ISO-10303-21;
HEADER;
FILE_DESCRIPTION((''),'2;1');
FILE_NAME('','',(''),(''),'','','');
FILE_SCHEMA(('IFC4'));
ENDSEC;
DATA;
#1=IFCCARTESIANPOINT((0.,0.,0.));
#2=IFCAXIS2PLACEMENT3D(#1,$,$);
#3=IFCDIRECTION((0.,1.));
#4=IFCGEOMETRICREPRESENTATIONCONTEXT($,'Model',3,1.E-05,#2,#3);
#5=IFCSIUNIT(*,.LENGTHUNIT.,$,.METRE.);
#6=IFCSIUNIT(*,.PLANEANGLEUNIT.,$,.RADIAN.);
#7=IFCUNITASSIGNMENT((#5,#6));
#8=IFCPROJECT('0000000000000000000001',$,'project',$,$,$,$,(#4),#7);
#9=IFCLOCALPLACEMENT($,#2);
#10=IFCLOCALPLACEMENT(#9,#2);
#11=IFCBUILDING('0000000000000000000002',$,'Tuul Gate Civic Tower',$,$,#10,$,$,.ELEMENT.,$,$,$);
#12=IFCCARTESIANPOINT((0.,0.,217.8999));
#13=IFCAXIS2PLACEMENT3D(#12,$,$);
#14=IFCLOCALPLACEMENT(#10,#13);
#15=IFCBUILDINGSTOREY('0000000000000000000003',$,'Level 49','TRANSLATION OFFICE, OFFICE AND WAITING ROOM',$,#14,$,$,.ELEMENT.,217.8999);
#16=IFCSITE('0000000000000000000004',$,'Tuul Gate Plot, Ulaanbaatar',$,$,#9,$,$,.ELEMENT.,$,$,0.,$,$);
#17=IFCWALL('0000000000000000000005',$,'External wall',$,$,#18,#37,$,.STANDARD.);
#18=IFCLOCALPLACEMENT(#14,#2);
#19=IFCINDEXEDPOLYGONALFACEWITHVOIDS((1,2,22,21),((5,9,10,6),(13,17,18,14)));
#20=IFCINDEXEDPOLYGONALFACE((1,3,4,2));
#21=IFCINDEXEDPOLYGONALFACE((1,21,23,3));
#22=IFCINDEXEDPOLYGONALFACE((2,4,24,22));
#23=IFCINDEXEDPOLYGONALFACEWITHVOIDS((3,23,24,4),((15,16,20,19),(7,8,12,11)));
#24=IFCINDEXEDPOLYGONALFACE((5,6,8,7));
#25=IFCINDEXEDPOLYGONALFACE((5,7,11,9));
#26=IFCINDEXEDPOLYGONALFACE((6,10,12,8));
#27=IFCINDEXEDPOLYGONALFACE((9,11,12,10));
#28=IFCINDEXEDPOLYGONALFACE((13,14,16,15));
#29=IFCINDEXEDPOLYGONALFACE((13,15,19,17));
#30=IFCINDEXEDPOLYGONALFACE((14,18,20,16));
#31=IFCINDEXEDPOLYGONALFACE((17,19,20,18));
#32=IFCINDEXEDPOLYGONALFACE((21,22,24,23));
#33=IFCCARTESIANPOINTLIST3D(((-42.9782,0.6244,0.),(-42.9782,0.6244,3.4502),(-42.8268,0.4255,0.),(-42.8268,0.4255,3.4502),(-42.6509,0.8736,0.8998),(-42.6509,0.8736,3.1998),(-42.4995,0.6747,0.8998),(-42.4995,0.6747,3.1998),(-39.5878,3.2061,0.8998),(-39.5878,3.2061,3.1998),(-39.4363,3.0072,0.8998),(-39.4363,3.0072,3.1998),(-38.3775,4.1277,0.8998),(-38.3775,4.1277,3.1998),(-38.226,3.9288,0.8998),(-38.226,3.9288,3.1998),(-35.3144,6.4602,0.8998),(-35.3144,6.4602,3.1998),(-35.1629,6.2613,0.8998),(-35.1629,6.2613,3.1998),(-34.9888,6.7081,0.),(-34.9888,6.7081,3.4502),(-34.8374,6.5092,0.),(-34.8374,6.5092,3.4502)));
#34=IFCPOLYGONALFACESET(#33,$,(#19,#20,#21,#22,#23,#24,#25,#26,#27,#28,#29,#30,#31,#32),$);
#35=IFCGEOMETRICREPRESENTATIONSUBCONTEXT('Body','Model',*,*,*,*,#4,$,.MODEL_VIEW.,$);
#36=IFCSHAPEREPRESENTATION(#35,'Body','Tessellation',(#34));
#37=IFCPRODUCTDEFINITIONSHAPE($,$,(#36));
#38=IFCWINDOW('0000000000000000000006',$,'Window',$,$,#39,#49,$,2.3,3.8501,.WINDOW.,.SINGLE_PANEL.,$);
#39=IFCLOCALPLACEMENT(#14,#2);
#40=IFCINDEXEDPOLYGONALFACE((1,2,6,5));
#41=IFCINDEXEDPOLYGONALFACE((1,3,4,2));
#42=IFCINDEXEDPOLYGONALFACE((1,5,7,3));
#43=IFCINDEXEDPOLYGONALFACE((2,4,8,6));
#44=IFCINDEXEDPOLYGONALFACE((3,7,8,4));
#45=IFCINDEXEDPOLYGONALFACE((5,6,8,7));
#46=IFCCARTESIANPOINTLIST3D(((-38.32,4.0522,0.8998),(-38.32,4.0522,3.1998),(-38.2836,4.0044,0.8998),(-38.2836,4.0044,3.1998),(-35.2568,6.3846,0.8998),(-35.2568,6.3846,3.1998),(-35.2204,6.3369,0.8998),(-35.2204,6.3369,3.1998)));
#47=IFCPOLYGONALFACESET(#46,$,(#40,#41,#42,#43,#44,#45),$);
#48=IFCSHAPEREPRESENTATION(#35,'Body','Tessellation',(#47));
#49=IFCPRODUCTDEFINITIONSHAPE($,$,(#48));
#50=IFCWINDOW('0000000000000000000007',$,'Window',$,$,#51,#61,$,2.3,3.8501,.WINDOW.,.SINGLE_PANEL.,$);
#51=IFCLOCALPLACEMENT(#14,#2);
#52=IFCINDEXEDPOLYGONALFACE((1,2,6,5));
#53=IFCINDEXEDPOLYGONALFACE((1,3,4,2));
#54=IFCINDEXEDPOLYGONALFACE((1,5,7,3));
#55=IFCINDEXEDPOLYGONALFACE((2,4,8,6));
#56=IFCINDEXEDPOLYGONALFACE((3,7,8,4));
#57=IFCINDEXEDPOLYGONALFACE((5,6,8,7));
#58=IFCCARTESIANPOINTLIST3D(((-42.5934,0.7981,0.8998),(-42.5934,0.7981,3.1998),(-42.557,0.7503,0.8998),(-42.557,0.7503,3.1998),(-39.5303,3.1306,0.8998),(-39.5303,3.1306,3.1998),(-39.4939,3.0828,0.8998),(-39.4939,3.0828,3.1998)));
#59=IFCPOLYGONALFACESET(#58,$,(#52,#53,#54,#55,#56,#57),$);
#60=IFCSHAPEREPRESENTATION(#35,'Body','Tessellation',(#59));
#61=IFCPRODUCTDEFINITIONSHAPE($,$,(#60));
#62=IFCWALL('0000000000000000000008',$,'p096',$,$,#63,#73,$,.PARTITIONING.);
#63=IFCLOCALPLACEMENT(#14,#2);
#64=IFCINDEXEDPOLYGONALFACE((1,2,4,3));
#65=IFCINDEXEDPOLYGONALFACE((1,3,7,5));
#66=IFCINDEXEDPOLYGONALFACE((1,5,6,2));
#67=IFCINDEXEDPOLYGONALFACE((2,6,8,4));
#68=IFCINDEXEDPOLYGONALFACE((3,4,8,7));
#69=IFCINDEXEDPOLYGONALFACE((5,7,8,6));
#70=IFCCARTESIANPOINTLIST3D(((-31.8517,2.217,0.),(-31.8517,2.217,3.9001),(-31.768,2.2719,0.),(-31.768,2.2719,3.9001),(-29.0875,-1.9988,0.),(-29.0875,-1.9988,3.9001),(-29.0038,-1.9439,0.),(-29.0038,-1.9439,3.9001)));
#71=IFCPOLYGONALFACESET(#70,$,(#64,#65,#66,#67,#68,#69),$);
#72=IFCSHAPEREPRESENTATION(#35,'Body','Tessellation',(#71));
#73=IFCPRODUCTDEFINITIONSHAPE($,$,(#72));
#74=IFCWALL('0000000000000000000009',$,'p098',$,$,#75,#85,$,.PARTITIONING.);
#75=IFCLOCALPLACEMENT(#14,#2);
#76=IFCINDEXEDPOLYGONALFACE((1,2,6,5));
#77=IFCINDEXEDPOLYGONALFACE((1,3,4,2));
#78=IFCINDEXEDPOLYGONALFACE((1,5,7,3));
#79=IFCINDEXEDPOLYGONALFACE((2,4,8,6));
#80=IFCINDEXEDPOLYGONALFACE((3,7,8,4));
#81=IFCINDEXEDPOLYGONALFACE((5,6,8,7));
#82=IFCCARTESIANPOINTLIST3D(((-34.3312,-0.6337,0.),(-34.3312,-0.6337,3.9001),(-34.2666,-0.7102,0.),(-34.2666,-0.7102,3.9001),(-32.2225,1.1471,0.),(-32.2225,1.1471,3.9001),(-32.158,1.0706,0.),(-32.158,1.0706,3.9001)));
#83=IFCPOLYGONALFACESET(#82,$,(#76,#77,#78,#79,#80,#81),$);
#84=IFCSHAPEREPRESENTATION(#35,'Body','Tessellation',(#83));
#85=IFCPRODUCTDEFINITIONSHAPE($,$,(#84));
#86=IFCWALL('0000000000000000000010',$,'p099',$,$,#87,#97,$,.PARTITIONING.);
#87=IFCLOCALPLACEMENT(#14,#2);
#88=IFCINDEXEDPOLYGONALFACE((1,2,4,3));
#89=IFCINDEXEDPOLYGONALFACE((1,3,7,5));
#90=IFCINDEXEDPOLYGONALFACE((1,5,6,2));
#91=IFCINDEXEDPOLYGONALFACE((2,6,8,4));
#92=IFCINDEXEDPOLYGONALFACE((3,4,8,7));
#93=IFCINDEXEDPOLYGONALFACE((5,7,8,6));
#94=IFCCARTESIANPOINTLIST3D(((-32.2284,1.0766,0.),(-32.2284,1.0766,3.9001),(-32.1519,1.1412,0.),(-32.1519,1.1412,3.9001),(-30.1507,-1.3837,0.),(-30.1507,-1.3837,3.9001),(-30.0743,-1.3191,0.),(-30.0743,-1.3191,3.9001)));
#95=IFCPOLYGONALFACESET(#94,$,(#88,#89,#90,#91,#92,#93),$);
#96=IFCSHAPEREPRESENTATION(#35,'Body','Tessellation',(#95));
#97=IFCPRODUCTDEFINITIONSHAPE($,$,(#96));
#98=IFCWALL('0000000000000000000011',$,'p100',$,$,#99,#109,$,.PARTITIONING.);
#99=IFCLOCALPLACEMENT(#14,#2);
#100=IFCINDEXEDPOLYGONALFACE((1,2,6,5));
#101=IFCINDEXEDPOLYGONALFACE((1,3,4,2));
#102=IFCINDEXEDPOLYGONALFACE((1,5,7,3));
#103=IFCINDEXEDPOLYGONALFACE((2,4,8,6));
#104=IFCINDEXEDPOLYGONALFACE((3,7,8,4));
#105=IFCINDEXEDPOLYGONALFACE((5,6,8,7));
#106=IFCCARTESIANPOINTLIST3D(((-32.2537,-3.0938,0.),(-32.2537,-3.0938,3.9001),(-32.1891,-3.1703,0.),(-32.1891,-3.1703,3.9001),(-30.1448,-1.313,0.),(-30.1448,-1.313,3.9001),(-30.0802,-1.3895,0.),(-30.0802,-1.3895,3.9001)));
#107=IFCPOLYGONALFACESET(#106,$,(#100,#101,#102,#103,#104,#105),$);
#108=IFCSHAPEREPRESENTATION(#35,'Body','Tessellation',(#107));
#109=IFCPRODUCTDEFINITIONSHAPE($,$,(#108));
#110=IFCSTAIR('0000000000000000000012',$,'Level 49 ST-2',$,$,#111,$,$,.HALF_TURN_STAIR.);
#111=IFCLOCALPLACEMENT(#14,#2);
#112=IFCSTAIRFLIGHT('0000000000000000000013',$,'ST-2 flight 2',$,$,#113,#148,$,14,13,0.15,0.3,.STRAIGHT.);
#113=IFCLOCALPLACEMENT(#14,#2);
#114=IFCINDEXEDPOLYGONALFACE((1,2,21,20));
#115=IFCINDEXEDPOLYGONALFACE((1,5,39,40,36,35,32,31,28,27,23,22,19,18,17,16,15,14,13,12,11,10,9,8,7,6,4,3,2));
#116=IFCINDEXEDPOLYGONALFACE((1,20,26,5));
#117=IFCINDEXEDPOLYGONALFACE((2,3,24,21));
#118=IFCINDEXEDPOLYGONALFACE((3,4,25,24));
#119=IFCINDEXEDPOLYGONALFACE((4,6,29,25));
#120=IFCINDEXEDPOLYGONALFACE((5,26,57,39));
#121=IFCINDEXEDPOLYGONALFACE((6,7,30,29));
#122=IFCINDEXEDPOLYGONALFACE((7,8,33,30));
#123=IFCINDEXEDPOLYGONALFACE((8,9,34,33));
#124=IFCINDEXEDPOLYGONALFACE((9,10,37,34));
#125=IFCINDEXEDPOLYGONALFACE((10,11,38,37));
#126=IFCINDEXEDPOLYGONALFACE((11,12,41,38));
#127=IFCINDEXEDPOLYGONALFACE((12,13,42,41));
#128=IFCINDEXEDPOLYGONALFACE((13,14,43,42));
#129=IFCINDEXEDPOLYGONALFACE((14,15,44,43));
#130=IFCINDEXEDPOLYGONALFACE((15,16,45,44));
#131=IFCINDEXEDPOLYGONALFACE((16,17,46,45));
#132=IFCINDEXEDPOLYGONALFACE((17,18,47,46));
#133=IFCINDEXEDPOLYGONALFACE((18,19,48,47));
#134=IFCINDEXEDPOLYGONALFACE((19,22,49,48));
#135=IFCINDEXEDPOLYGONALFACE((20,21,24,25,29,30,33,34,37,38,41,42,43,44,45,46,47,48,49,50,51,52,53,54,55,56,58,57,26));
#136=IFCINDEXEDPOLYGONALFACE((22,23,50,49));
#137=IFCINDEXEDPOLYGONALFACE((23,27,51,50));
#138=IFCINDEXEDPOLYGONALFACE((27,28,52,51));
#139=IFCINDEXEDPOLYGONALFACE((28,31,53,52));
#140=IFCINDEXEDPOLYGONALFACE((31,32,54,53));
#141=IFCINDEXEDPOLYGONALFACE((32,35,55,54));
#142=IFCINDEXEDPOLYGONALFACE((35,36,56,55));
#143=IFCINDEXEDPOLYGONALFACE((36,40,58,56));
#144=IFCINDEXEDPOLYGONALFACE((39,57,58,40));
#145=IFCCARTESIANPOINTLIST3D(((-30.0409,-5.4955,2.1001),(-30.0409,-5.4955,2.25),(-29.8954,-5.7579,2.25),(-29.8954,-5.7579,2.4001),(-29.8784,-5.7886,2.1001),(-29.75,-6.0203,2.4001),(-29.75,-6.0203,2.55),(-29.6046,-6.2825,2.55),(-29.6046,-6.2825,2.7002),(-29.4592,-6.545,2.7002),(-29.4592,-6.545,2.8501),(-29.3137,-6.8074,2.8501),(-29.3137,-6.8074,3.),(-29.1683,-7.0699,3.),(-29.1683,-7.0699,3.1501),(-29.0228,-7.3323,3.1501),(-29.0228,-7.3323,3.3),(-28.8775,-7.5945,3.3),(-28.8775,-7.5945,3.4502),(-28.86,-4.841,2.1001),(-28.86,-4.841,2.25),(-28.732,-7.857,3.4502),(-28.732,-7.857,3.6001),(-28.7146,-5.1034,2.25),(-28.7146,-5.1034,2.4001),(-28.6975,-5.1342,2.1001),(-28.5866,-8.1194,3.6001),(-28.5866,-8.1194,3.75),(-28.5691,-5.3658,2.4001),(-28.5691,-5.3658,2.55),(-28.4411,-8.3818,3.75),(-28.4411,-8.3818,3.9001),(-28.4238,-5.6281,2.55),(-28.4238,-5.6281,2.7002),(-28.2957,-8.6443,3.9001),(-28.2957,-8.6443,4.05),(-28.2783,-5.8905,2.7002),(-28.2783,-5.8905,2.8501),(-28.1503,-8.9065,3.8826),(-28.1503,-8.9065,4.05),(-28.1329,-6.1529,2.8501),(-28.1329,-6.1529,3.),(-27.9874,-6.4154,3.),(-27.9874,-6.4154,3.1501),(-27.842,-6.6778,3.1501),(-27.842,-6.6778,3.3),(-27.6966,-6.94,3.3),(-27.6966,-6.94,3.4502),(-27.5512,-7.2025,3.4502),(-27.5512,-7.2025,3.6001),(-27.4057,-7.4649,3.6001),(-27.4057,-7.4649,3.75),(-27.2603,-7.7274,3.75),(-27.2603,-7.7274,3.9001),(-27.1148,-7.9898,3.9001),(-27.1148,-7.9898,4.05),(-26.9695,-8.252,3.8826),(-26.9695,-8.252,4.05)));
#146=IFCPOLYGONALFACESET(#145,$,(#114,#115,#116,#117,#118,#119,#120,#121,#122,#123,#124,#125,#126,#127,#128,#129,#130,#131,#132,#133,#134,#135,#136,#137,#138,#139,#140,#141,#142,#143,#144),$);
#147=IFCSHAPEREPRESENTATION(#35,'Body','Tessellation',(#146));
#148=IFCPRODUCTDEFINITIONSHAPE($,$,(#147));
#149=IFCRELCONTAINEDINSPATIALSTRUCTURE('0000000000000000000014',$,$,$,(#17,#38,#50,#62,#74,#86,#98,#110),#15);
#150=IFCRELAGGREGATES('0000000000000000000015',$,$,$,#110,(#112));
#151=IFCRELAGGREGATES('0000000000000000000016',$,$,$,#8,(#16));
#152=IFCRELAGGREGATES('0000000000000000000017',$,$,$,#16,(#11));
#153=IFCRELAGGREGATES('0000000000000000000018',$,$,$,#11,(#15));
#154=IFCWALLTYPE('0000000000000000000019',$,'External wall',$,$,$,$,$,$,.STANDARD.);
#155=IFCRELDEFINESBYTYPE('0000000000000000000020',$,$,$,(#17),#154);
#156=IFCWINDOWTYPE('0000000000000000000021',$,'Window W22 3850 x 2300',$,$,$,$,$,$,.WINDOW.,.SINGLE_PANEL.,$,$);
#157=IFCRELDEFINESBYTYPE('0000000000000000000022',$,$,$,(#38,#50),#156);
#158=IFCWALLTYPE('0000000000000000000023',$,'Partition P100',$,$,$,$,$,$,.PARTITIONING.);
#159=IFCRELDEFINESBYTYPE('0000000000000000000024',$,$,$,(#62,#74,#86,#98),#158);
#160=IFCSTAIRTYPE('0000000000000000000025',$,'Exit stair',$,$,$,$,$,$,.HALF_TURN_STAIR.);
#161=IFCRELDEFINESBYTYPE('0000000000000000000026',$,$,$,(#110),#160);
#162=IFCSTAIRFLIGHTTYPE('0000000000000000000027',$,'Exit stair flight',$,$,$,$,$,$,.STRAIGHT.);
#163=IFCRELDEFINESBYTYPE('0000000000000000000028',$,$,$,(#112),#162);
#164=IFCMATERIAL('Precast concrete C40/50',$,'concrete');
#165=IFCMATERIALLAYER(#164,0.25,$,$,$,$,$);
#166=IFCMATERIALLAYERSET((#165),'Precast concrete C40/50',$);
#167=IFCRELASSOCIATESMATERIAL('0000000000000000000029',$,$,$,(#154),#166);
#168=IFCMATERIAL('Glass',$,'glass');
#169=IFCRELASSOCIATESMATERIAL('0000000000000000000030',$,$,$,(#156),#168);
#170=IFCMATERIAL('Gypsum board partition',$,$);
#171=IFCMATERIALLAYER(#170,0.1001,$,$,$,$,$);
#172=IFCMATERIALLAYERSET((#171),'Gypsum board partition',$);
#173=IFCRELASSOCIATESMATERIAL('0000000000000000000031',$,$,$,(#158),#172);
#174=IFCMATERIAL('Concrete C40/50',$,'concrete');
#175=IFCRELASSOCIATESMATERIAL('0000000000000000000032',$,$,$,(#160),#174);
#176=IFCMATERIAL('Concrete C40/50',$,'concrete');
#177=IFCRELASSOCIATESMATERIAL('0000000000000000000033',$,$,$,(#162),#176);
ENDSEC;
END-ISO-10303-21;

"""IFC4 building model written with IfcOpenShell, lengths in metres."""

from ifc_helpers import new_model, si_unit, direction, frame, frame_2d, origin, place, context, subcontext, project, spatial, polyline, rectangle, outline, extrude, material, layer, layer_set, type_object, element, fill, aggregate, save


model = new_model("IFC4")

# Units and contexts
model_context = context("Model", 3, precision=1e-05, world=origin(), true_north=direction((0.0, 1.0)))
body_context = subcontext(model_context, "Body", "Model", "MODEL_VIEW")
ifc_project = project(units=[si_unit("LENGTHUNIT", "METRE"), si_unit("PLANEANGLEUNIT", "RADIAN")], contexts=[model_context])

# Site, building, storey
site_placement = place(None, origin())
site = spatial("IfcSite", under=ifc_project, at=site_placement, Name="Tuul Gate Plot, Ulaanbaatar", CompositionType="ELEMENT", RefElevation=0.0)
building_placement = place(site_placement, origin())
building = spatial("IfcBuilding", under=site, at=building_placement, Name="Tuul Gate Civic Tower", CompositionType="ELEMENT")
storey_placement = place(building_placement, frame((0.0, 0.0, 217.8999)))
storey = spatial("IfcBuildingStorey", under=building, at=storey_placement, Name="Level 49", Description="TRANSLATION OFFICE, OFFICE AND WAITING ROOM", CompositionType="ELEMENT", Elevation=217.8999)

# Wall, openings, windows
ifc_material_1 = material(Name="Precast concrete C40/50", Category="concrete")
ifc_layer_1 = layer(ifc_material_1, 0.25)
ifc_layer_set_1 = layer_set([ifc_layer_1], Name="Precast concrete C40/50")
wall_type_1 = type_object("IfcWallType", Name="External wall", PredefinedType="STANDARD", material=ifc_layer_set_1)
wall_1_placement = place(storey_placement, frame((-34.9131, 6.6086, 0.0), z_axis=(0.0, 0.0, 1.0), x_axis=(-0.7956, -0.605823, 0.0)))
wall_1 = element("IfcWall", 1, at=wall_1_placement, inside=storey, type_object=wall_type_1, Name="External wall", PredefinedType="STANDARD", context=body_context, shape_type="SweptSolid", body=[
    extrude(rectangle(XDim=10.042, YDim=0.25, at=frame_2d((5.021, 0.0))), origin(), (0.0, 0.0, 1.0), 3.4502),
])
opening_1_placement = place(wall_1_placement, frame((0.4092, 0.0, 0.8999)))
opening_1 = element("IfcOpeningElement", 2, at=opening_1_placement, cuts=wall_1, PredefinedType="OPENING", context=body_context, shape_type="SweptSolid", body=[
    extrude(rectangle(XDim=3.8501, YDim=2.3, at=frame_2d((1.925, 1.1499))), frame((0.0, 0.135, 0.0), z_axis=(0.0, -1.0, 0.0), x_axis=(1.0, 0.0, 0.0)), (0.0, 0.0, 1.0), 0.27),
])
opening_2_placement = place(wall_1_placement, frame((5.7805, 0.0, 0.8999)))
opening_2 = element("IfcOpeningElement", 3, at=opening_2_placement, cuts=wall_1, PredefinedType="OPENING", context=body_context, shape_type="SweptSolid", body=[
    extrude(rectangle(XDim=3.8501, YDim=2.3, at=frame_2d((1.925, 1.1499))), frame((0.0, 0.135, 0.0), z_axis=(0.0, -1.0, 0.0), x_axis=(1.0, 0.0, 0.0)), (0.0, 0.0, 1.0), 0.27),
])
ifc_material_2 = material(Name="Glass", Category="glass")
window_type = type_object("IfcWindowType", Name="Window W22 3850 x 2300", PartitioningType="SINGLE_PANEL", PredefinedType="WINDOW", material=ifc_material_2)
window_1_placement = place(opening_1_placement, origin())
window_1 = element("IfcWindow", 4, at=window_1_placement, inside=storey, type_object=window_type, Name="Window", OverallHeight=2.3, OverallWidth=3.8501, PartitioningType="SINGLE_PANEL", PredefinedType="WINDOW", context=body_context, shape_type="SweptSolid", body=[
    extrude(rectangle(XDim=3.8501, YDim=2.3, at=frame_2d((1.925, 1.1499))), frame((0.0, 0.03, 0.0), z_axis=(0.0, -1.0, 0.0), x_axis=(1.0, 0.0, 0.0)), (0.0, 0.0, 1.0), 0.0601),
])
fill(opening_1, window_1)
window_2_placement = place(opening_2_placement, origin())
window_2 = element("IfcWindow", 5, at=window_2_placement, inside=storey, type_object=window_type, Name="Window", OverallHeight=2.3, OverallWidth=3.8501, PartitioningType="SINGLE_PANEL", PredefinedType="WINDOW", context=body_context, shape_type="SweptSolid", body=[
    extrude(rectangle(XDim=3.8501, YDim=2.3, at=frame_2d((1.925, 1.1499))), frame((0.0, 0.03, 0.0), z_axis=(0.0, -1.0, 0.0), x_axis=(1.0, 0.0, 0.0)), (0.0, 0.0, 1.0), 0.0601),
])
fill(opening_2, window_2)

# Walls
ifc_material_3 = material(Name="Gypsum board partition")
ifc_layer_2 = layer(ifc_material_3, 0.1001)
ifc_layer_set_2 = layer_set([ifc_layer_2], Name="Gypsum board partition")
wall_type_2 = type_object("IfcWallType", Name="Partition P100", PredefinedType="PARTITIONING", material=ifc_layer_set_2)
wall_2_placement = place(storey_placement, frame((-31.8098, 2.2444, 0.0), z_axis=(0.0, 0.0, 1.0), x_axis=(0.548314, -0.836273, 0.0)))
element("IfcWall", 6, at=wall_2_placement, inside=storey, type_object=wall_type_2, Name="p096", PredefinedType="PARTITIONING", context=body_context, shape_type="SweptSolid", body=[
    extrude(rectangle(XDim=5.0413, YDim=0.1001, at=frame_2d((2.5205, 0.0))), origin(), (0.0, 0.0, 1.0), 3.9001),
])
wall_3_placement = place(storey_placement, frame((-34.2988, -0.6719, 0.0), z_axis=(0.0, 0.0, 1.0), x_axis=(0.764007, 0.645208, 0.0)))
element("IfcWall", 7, at=wall_3_placement, inside=storey, type_object=wall_type_2, Name="p098", PredefinedType="PARTITIONING", context=body_context, shape_type="SweptSolid", body=[
    extrude(rectangle(XDim=2.76, YDim=0.1001, at=frame_2d((1.3799, 0.0))), origin(), (0.0, 0.0, 1.0), 3.9001),
])
wall_4_placement = place(storey_placement, frame((-32.1902, 1.1089, 0.0), z_axis=(0.0, 0.0, 1.0), x_axis=(0.645204, -0.76401, 0.0)))
element("IfcWall", 8, at=wall_4_placement, inside=storey, type_object=wall_type_2, Name="p099", PredefinedType="PARTITIONING", context=body_context, shape_type="SweptSolid", body=[
    extrude(rectangle(XDim=3.2202, YDim=0.1001, at=frame_2d((1.6101, 0.0))), origin(), (0.0, 0.0, 1.0), 3.9001),
])
wall_5_placement = place(storey_placement, frame((-32.2214, -3.1321, 0.0), z_axis=(0.0, 0.0, 1.0), x_axis=(0.764043, 0.645165, 0.0)))
element("IfcWall", 9, at=wall_5_placement, inside=storey, type_object=wall_type_2, Name="p100", PredefinedType="PARTITIONING", context=body_context, shape_type="SweptSolid", body=[
    extrude(rectangle(XDim=2.7603, YDim=0.1001, at=frame_2d((1.3801, 0.0))), origin(), (0.0, 0.0, 1.0), 3.9001),
])

# Stair, stair flight
ifc_material_4 = material(Name="Concrete C40/50", Category="concrete")
stair_type = type_object("IfcStairType", Name="Exit stair", PredefinedType="HALF_TURN_STAIR", material=ifc_material_4)
stair_placement = place(storey_placement, origin())
stair = element("IfcStair", 10, at=stair_placement, inside=storey, type_object=stair_type, Name="Level 49 ST-2", PredefinedType="HALF_TURN_STAIR")
ifc_material_5 = material(Name="Concrete C40/50", Category="concrete")
stair_flight_type = type_object("IfcStairFlightType", Name="Exit stair flight", PredefinedType="STRAIGHT", material=ifc_material_5)
stair_flight_placement = place(storey_placement, frame((-29.4504, -5.1682, 2.1001), z_axis=(0.0, 0.0, 1.0), x_axis=(0.484762, -0.874646, 0.0)))
stair_flight = element("IfcStairFlight", 11, at=stair_flight_placement, type_object=stair_flight_type, Name="ST-2 flight 2", NumberOfRisers=14, NumberOfTreads=13, PredefinedType="STRAIGHT", RiserHeight=0.15, TreadLength=0.3, context=body_context, shape_type="SweptSolid", body=[
    extrude(outline(polyline([(0.0, 0.0), (0.0, 0.1499), (0.3, 0.1499), (0.3, 0.3), (0.6001, 0.3), (0.6001, 0.45), (0.8999, 0.45), (0.8999, 0.6001), (1.2, 0.6001), (1.2, 0.75), (1.5, 0.75), (1.5, 0.8999), (1.8, 0.8999), (1.8, 1.05), (2.1001, 1.05), (2.1001, 1.2), (2.3999, 1.2), (2.3999, 1.3501), (2.7, 1.3501), (2.7, 1.5), (3.0, 1.5), (3.0, 1.6499), (3.3, 1.6499), (3.3, 1.8), (3.6001, 1.8), (3.6001, 1.95), (3.8999, 1.95), (3.8999, 2.1001), (3.8999, 1.7825), (0.3352, 0.0), (0.0, 0.0)])), frame((0.0, 0.675, 0.0), z_axis=(0.0, -1.0, 0.0), x_axis=(1.0, 0.0, 0.0)), (0.0, 0.0, 1.0), 1.3501),
])
aggregate(stair, [stair_flight])

save(model, "model.ifc")
